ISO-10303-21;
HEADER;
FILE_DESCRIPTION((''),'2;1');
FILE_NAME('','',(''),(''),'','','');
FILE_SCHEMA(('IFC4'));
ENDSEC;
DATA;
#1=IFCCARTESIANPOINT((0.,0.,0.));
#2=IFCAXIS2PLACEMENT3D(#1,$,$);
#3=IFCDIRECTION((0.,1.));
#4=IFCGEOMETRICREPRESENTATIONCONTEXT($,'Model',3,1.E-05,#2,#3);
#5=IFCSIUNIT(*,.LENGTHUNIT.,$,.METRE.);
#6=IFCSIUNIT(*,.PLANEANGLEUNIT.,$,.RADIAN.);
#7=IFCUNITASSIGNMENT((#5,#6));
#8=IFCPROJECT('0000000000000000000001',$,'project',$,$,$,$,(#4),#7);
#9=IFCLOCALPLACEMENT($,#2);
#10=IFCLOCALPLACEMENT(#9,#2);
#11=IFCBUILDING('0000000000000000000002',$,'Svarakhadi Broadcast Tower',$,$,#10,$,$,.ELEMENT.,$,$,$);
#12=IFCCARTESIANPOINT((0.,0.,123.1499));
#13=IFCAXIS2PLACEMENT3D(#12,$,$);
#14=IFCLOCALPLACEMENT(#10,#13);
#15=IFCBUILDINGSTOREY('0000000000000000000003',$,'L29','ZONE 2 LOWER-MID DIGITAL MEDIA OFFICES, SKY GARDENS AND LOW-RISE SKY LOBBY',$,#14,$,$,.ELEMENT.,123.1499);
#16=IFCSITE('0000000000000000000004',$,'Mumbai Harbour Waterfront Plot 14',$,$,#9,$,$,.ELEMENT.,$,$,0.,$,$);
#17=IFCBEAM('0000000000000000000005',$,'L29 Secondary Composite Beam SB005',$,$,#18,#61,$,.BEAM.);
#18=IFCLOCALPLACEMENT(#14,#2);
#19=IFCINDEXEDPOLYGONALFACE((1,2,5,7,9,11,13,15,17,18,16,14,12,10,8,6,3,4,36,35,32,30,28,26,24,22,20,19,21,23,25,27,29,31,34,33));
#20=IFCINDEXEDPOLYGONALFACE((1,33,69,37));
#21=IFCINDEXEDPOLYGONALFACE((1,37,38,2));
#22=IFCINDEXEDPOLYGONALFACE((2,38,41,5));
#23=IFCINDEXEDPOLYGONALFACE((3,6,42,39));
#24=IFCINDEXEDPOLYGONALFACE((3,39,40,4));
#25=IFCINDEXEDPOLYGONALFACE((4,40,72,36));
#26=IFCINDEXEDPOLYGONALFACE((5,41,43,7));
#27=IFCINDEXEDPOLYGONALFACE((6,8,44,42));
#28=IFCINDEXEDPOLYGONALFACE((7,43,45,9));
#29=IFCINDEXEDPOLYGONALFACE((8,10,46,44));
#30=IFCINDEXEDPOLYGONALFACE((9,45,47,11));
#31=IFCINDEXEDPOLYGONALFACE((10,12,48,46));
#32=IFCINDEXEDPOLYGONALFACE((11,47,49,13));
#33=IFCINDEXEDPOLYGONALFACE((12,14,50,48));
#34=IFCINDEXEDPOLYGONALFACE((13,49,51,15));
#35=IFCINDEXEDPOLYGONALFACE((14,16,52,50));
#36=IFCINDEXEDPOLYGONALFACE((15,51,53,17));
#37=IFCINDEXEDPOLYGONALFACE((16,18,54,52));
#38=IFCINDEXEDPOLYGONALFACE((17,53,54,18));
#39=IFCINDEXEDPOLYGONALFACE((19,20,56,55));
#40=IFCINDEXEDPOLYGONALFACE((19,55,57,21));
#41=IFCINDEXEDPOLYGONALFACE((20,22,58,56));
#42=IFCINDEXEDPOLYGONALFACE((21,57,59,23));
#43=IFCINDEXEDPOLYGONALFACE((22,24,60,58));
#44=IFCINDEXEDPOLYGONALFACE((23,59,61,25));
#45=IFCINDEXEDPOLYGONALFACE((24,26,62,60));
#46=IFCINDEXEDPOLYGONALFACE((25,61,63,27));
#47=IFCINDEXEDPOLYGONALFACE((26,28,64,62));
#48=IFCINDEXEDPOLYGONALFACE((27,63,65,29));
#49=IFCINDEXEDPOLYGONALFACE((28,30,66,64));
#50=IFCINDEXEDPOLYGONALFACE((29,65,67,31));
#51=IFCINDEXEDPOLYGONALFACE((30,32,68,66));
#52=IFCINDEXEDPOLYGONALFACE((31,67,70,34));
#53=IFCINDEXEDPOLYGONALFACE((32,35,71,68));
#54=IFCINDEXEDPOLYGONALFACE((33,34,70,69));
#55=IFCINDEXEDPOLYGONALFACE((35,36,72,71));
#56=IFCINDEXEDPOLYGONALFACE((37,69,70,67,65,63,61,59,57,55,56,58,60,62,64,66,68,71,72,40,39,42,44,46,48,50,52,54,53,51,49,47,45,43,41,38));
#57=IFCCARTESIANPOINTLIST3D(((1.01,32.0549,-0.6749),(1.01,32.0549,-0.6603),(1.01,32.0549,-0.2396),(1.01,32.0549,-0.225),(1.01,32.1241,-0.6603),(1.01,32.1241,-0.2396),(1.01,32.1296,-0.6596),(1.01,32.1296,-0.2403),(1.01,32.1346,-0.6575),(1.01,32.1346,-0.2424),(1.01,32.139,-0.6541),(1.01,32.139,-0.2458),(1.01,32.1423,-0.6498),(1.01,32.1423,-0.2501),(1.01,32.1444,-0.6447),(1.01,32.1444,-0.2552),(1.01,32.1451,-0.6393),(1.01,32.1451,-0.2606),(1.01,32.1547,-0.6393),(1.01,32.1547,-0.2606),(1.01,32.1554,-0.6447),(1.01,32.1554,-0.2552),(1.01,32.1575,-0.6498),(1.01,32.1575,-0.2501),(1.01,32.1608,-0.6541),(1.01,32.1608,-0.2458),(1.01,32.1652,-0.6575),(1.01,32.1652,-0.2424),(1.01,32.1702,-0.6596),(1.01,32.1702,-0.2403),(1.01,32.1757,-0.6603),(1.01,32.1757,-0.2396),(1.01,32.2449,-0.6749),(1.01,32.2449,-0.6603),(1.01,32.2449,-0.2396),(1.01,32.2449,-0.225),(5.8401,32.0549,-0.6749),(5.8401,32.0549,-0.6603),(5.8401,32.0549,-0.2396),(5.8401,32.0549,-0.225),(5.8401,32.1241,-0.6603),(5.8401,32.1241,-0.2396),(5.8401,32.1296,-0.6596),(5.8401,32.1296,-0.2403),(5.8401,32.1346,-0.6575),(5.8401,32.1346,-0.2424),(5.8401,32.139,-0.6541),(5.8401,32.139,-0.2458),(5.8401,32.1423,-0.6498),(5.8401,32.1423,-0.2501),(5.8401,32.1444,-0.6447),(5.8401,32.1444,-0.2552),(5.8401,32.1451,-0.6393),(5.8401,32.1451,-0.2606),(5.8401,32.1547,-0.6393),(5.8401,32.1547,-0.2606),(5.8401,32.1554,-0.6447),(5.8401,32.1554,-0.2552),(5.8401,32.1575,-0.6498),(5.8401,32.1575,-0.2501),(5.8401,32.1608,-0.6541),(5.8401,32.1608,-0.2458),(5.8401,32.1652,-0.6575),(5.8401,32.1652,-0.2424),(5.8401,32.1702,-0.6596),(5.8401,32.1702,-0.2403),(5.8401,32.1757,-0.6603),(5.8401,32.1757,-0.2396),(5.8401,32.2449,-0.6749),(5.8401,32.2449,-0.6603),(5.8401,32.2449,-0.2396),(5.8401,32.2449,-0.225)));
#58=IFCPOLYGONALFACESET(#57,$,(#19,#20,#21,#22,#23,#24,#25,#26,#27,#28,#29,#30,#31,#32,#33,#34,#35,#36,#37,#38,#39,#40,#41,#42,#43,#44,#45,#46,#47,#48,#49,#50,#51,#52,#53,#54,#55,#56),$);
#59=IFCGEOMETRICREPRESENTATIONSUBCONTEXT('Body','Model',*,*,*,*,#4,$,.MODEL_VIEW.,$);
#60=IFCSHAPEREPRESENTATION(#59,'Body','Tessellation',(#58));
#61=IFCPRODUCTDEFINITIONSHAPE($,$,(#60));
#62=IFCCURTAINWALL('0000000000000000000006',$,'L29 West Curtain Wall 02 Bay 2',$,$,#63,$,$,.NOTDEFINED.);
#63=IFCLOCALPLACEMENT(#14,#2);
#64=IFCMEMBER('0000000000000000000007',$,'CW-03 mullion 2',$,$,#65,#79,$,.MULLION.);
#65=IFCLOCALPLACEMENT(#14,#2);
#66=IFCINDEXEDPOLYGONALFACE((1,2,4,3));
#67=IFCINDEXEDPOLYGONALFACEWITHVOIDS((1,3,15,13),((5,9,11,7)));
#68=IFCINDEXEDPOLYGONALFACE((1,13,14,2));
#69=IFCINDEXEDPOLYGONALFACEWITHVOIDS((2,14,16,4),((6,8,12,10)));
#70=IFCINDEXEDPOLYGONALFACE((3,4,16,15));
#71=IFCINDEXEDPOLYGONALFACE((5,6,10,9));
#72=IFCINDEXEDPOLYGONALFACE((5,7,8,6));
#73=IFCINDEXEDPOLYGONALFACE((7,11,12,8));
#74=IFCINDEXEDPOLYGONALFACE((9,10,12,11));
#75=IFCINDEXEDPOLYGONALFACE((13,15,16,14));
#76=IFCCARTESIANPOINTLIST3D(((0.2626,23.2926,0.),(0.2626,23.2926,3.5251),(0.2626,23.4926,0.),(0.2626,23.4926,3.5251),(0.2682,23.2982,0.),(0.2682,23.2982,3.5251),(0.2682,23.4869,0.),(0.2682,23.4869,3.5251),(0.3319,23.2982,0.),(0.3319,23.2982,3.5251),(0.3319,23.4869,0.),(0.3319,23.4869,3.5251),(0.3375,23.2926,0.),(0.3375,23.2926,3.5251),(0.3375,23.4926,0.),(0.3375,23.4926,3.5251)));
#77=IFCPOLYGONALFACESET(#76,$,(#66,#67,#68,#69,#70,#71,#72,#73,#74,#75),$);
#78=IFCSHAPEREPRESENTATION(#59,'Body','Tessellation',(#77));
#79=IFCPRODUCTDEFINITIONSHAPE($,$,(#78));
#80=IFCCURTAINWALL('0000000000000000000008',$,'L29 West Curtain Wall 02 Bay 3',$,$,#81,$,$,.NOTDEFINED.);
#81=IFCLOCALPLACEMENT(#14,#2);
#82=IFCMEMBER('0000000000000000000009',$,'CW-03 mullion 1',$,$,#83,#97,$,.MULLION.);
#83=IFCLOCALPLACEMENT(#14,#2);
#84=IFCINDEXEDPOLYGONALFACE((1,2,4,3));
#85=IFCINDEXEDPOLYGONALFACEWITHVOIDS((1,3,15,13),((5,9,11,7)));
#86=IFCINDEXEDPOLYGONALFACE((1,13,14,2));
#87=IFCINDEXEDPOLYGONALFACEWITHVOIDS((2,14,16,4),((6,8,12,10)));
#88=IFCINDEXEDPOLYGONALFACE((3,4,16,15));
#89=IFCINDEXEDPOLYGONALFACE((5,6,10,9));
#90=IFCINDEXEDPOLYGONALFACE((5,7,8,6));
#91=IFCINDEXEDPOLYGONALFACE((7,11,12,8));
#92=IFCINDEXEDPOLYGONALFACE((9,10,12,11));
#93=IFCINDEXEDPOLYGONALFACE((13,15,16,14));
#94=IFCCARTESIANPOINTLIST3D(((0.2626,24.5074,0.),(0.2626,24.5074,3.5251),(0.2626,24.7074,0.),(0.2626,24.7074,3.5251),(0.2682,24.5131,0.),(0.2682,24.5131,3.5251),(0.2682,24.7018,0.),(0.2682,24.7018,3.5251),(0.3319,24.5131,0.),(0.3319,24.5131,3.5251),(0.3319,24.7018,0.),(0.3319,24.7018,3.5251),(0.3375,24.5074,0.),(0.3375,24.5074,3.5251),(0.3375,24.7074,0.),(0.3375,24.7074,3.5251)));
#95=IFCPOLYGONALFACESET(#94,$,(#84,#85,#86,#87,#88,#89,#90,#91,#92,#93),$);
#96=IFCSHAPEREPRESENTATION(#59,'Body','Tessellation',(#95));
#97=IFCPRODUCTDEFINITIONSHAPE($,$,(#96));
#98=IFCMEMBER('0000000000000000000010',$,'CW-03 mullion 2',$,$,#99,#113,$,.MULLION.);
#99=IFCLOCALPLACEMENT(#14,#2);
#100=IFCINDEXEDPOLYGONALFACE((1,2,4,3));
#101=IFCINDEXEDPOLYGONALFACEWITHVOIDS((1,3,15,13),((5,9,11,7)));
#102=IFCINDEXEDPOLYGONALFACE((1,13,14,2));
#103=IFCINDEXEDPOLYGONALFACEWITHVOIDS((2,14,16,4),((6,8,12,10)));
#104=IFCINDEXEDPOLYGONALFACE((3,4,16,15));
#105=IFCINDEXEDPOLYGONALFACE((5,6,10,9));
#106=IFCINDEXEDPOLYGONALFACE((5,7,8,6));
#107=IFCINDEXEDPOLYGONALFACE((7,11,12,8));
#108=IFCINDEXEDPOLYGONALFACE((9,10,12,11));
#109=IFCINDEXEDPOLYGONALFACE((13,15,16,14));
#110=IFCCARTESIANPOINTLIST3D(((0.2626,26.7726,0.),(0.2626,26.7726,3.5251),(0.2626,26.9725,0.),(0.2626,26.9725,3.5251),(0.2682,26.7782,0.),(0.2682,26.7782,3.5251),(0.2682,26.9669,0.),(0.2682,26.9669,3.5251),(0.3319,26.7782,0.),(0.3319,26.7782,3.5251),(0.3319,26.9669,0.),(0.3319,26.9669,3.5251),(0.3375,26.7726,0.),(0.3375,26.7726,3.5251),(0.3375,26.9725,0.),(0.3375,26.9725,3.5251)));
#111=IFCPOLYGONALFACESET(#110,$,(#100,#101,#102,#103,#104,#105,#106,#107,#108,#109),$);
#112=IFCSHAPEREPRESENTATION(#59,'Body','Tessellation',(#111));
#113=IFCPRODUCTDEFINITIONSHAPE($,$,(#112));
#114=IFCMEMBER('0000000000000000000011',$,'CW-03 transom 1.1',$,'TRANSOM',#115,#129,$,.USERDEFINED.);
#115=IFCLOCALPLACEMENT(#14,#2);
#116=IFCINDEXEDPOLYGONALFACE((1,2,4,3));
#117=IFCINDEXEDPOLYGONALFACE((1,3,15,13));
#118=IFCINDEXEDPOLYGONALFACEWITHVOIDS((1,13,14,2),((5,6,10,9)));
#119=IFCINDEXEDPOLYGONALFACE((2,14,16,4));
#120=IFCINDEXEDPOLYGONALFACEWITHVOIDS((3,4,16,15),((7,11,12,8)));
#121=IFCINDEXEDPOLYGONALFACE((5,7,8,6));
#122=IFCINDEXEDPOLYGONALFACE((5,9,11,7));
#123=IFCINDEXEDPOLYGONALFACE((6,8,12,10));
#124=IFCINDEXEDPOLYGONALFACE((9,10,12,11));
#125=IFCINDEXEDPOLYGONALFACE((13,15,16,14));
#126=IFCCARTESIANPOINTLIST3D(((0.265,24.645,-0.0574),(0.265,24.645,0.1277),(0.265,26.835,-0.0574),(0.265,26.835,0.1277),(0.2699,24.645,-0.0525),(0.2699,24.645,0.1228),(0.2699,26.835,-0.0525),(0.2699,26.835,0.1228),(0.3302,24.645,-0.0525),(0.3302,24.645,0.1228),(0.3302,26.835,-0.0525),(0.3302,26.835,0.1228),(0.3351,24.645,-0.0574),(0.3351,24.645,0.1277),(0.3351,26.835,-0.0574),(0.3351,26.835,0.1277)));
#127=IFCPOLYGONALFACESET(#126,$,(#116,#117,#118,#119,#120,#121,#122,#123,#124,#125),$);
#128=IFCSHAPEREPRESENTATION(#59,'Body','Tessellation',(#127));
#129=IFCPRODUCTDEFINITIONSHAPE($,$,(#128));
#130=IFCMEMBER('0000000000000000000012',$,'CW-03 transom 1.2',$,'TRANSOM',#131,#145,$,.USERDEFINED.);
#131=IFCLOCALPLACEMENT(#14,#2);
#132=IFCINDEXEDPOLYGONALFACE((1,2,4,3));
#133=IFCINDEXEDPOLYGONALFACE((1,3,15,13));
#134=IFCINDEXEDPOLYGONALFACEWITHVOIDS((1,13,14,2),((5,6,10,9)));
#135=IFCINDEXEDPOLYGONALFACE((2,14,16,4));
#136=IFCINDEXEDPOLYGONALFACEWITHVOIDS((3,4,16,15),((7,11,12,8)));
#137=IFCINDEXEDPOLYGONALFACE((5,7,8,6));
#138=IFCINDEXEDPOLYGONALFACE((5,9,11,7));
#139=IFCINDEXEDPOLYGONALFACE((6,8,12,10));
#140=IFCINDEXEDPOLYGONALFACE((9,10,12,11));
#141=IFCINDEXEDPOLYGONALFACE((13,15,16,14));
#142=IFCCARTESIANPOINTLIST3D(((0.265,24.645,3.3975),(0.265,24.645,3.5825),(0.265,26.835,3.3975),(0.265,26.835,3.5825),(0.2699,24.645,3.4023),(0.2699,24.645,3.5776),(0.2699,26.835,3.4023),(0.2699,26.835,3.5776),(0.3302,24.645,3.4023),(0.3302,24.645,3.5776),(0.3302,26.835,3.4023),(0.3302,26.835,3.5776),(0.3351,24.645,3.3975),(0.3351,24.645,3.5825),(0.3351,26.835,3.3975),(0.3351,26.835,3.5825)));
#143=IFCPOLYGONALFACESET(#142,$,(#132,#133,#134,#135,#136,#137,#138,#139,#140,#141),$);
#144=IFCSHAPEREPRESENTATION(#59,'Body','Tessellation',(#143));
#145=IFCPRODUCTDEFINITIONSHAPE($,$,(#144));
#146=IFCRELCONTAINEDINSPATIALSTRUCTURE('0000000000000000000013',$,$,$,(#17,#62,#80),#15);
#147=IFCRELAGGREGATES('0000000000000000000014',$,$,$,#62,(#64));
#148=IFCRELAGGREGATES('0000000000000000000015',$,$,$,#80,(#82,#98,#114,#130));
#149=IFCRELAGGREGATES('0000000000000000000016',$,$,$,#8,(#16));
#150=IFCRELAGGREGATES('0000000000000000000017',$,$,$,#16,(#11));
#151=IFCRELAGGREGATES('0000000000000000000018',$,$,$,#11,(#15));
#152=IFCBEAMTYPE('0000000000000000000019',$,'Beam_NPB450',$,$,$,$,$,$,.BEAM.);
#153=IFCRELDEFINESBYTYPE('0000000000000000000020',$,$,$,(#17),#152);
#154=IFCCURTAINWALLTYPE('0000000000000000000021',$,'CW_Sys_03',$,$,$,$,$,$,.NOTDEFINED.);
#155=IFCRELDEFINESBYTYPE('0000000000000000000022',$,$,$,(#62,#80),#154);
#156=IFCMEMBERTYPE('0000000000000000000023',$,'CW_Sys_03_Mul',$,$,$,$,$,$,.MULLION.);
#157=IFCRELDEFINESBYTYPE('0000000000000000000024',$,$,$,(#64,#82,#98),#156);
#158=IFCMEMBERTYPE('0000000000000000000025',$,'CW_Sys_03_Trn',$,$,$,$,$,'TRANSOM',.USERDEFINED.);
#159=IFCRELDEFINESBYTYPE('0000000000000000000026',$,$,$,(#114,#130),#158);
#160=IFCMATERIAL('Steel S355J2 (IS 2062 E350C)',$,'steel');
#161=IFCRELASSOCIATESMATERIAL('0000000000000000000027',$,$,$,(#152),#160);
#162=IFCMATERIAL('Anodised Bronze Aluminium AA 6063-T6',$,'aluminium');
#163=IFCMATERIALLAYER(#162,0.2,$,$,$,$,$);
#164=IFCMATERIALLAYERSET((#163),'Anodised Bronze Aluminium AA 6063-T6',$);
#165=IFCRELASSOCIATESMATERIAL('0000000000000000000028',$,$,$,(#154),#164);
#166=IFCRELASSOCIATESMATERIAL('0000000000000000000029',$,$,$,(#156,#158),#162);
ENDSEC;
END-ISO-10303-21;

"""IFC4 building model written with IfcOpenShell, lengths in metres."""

from ifc_helpers import new_model, si_unit, direction, frame, origin, origin_2d, place, context, subcontext, project, spatial, hollow_rectangle, i_section, extrude, material, layer, layer_set, material_profile, profile_set, type_object, element, aggregate, save


model = new_model("IFC4")

# Units and contexts
model_context = context("Model", 3, precision=1e-05, world=origin(), true_north=direction((0.0, 1.0)))
body_context = subcontext(model_context, "Body", "Model", "MODEL_VIEW")
ifc_project = project(units=[si_unit("LENGTHUNIT", "METRE"), si_unit("PLANEANGLEUNIT", "RADIAN")], contexts=[model_context])

# Site, building, storey
site_placement = place(None, origin())
site = spatial("IfcSite", under=ifc_project, at=site_placement, Name="Mumbai Harbour Waterfront Plot 14", CompositionType="ELEMENT", RefElevation=0.0)
building_placement = place(site_placement, origin())
building = spatial("IfcBuilding", under=site, at=building_placement, Name="Svarakhadi Broadcast Tower", CompositionType="ELEMENT")
storey_placement = place(building_placement, frame((0.0, 0.0, 123.1499)))
storey = spatial("IfcBuildingStorey", under=building, at=storey_placement, Name="L29", Description="ZONE 2 LOWER-MID DIGITAL MEDIA OFFICES, SKY GARDENS AND LOW-RISE SKY LOBBY", CompositionType="ELEMENT", Elevation=123.1499)

# Beam
ifc_material_1 = material(Name="Steel S355J2 (IS 2062 E350C)", Category="steel")
ifc_material_profile_1 = material_profile(ifc_material_1, i_section(OverallWidth=0.1899, OverallDepth=0.45, WebThickness=0.0095, FlangeThickness=0.0146, FilletRadius=0.021, at=origin_2d()), Name="NPB 450x190x78")
ifc_profile_set_1 = profile_set([ifc_material_profile_1], Name="Steel S355J2 (IS 2062 E350C)")
beam_type_1 = type_object("IfcBeamType", Name="Beam_NPB450", PredefinedType="BEAM", material=ifc_profile_set_1)
for number, where, z_axis, x_axis, name in (
    (1, (1.01, 32.1499, -0.45), (1.0, 0.0, 0.0), (0.0, 1.0, 0.0), "L29 Secondary Composite Beam SB005"),
):
    element("IfcBeam", number, at=place(storey_placement, frame(where, z_axis=z_axis, x_axis=x_axis)), inside=storey, type_object=beam_type_1, Name=name, PredefinedType="BEAM", context=body_context, shape_type="SweptSolid", body=[
        extrude(i_section(OverallWidth=0.1899, OverallDepth=0.45, WebThickness=0.0095, FlangeThickness=0.0146, FilletRadius=0.021, at=origin_2d()), origin(), (0.0, 0.0, 1.0), 4.8301),
    ])

# Curtain wall, member
ifc_material_2 = material(Name="Anodised Bronze Aluminium AA 6063-T6", Category="aluminium")
ifc_layer_1 = layer(ifc_material_2, 0.2)
ifc_layer_set_1 = layer_set([ifc_layer_1], Name="Anodised Bronze Aluminium AA 6063-T6")
curtain_wall_type = type_object("IfcCurtainWallType", Name="CW_Sys_03", PredefinedType="NOTDEFINED", material=ifc_layer_set_1)
curtain_wall_1_placement = place(storey_placement, origin())
curtain_wall_1 = element("IfcCurtainWall", 2, at=curtain_wall_1_placement, inside=storey, type_object=curtain_wall_type, Name="L29 West Curtain Wall 02 Bay 2", PredefinedType="NOTDEFINED")
ifc_material_profile_2 = material_profile(ifc_material_2, hollow_rectangle(XDim=0.075, YDim=0.2, WallThickness=0.0056, at=origin_2d()), Name="ALU MULLION 200x75x6")
ifc_profile_set_2 = profile_set([ifc_material_profile_2], Name="Anodised Bronze Aluminium AA 6063-T6")
member_type_1 = type_object("IfcMemberType", Name="CW_Sys_03_Mul", PredefinedType="MULLION", material=ifc_profile_set_2)
member_1_placement = place(storey_placement, frame((0.3, 23.3926, 0.0), z_axis=(0.0, 0.0, 1.0), x_axis=(-1.0, 0.0, 0.0)))
member_1 = element("IfcMember", 3, at=member_1_placement, type_object=member_type_1, Name="CW-03 mullion 2", PredefinedType="MULLION", context=body_context, shape_type="SweptSolid", body=[
    extrude(hollow_rectangle(XDim=0.075, YDim=0.2, WallThickness=0.0056, at=origin_2d()), origin(), (0.0, 0.0, 1.0), 3.5251),
])
aggregate(curtain_wall_1, [member_1])

# Curtain wall, members
curtain_wall_2_placement = place(storey_placement, origin())
curtain_wall_2 = element("IfcCurtainWall", 4, at=curtain_wall_2_placement, inside=storey, type_object=curtain_wall_type, Name="L29 West Curtain Wall 02 Bay 3", PredefinedType="NOTDEFINED")
member_2_placement = place(storey_placement, frame((0.3, 24.6074, 0.0), z_axis=(0.0, 0.0, 1.0), x_axis=(-1.0, 0.0, 0.0)))
member_2 = element("IfcMember", 5, at=member_2_placement, type_object=member_type_1, Name="CW-03 mullion 1", PredefinedType="MULLION", context=body_context, shape_type="SweptSolid", body=[
    extrude(hollow_rectangle(XDim=0.075, YDim=0.2, WallThickness=0.0056, at=origin_2d()), origin(), (0.0, 0.0, 1.0), 3.5251),
])
member_3_placement = place(storey_placement, frame((0.3, 26.8726, 0.0), z_axis=(0.0, 0.0, 1.0), x_axis=(-1.0, 0.0, 0.0)))
member_3 = element("IfcMember", 6, at=member_3_placement, type_object=member_type_1, Name="CW-03 mullion 2", PredefinedType="MULLION", context=body_context, shape_type="SweptSolid", body=[
    extrude(hollow_rectangle(XDim=0.075, YDim=0.2, WallThickness=0.0056, at=origin_2d()), origin(), (0.0, 0.0, 1.0), 3.5251),
])
ifc_material_profile_3 = material_profile(ifc_material_2, hollow_rectangle(XDim=0.0701, YDim=0.1851, WallThickness=0.0049, at=origin_2d()), Name="ALU TRANSOM 185x70x5")
ifc_profile_set_3 = profile_set([ifc_material_profile_3], Name="Anodised Bronze Aluminium AA 6063-T6")
member_type_2 = type_object("IfcMemberType", Name="CW_Sys_03_Trn", ElementType="TRANSOM", PredefinedType="USERDEFINED", material=ifc_profile_set_3)
member_4_placement = place(storey_placement, frame((0.3, 24.645, 0.0352), z_axis=(0.0, 1.0, 0.0), x_axis=(-1.0, 0.0, 0.0)))
member_4 = element("IfcMember", 7, at=member_4_placement, type_object=member_type_2, Name="CW-03 transom 1.1", ObjectType="TRANSOM", PredefinedType="USERDEFINED", context=body_context, shape_type="SweptSolid", body=[
    extrude(hollow_rectangle(XDim=0.0701, YDim=0.1851, WallThickness=0.0049, at=origin_2d()), origin(), (0.0, 0.0, 1.0), 2.1899),
])
member_5_placement = place(storey_placement, frame((0.3, 24.645, 3.49), z_axis=(0.0, 1.0, 0.0), x_axis=(-1.0, 0.0, 0.0)))
member_5 = element("IfcMember", 8, at=member_5_placement, type_object=member_type_2, Name="CW-03 transom 1.2", ObjectType="TRANSOM", PredefinedType="USERDEFINED", context=body_context, shape_type="SweptSolid", body=[
    extrude(hollow_rectangle(XDim=0.0701, YDim=0.1851, WallThickness=0.0049, at=origin_2d()), origin(), (0.0, 0.0, 1.0), 2.1899),
])

aggregate(curtain_wall_2, [member_2, member_3, member_4, member_5])

save(model, "model.ifc")
